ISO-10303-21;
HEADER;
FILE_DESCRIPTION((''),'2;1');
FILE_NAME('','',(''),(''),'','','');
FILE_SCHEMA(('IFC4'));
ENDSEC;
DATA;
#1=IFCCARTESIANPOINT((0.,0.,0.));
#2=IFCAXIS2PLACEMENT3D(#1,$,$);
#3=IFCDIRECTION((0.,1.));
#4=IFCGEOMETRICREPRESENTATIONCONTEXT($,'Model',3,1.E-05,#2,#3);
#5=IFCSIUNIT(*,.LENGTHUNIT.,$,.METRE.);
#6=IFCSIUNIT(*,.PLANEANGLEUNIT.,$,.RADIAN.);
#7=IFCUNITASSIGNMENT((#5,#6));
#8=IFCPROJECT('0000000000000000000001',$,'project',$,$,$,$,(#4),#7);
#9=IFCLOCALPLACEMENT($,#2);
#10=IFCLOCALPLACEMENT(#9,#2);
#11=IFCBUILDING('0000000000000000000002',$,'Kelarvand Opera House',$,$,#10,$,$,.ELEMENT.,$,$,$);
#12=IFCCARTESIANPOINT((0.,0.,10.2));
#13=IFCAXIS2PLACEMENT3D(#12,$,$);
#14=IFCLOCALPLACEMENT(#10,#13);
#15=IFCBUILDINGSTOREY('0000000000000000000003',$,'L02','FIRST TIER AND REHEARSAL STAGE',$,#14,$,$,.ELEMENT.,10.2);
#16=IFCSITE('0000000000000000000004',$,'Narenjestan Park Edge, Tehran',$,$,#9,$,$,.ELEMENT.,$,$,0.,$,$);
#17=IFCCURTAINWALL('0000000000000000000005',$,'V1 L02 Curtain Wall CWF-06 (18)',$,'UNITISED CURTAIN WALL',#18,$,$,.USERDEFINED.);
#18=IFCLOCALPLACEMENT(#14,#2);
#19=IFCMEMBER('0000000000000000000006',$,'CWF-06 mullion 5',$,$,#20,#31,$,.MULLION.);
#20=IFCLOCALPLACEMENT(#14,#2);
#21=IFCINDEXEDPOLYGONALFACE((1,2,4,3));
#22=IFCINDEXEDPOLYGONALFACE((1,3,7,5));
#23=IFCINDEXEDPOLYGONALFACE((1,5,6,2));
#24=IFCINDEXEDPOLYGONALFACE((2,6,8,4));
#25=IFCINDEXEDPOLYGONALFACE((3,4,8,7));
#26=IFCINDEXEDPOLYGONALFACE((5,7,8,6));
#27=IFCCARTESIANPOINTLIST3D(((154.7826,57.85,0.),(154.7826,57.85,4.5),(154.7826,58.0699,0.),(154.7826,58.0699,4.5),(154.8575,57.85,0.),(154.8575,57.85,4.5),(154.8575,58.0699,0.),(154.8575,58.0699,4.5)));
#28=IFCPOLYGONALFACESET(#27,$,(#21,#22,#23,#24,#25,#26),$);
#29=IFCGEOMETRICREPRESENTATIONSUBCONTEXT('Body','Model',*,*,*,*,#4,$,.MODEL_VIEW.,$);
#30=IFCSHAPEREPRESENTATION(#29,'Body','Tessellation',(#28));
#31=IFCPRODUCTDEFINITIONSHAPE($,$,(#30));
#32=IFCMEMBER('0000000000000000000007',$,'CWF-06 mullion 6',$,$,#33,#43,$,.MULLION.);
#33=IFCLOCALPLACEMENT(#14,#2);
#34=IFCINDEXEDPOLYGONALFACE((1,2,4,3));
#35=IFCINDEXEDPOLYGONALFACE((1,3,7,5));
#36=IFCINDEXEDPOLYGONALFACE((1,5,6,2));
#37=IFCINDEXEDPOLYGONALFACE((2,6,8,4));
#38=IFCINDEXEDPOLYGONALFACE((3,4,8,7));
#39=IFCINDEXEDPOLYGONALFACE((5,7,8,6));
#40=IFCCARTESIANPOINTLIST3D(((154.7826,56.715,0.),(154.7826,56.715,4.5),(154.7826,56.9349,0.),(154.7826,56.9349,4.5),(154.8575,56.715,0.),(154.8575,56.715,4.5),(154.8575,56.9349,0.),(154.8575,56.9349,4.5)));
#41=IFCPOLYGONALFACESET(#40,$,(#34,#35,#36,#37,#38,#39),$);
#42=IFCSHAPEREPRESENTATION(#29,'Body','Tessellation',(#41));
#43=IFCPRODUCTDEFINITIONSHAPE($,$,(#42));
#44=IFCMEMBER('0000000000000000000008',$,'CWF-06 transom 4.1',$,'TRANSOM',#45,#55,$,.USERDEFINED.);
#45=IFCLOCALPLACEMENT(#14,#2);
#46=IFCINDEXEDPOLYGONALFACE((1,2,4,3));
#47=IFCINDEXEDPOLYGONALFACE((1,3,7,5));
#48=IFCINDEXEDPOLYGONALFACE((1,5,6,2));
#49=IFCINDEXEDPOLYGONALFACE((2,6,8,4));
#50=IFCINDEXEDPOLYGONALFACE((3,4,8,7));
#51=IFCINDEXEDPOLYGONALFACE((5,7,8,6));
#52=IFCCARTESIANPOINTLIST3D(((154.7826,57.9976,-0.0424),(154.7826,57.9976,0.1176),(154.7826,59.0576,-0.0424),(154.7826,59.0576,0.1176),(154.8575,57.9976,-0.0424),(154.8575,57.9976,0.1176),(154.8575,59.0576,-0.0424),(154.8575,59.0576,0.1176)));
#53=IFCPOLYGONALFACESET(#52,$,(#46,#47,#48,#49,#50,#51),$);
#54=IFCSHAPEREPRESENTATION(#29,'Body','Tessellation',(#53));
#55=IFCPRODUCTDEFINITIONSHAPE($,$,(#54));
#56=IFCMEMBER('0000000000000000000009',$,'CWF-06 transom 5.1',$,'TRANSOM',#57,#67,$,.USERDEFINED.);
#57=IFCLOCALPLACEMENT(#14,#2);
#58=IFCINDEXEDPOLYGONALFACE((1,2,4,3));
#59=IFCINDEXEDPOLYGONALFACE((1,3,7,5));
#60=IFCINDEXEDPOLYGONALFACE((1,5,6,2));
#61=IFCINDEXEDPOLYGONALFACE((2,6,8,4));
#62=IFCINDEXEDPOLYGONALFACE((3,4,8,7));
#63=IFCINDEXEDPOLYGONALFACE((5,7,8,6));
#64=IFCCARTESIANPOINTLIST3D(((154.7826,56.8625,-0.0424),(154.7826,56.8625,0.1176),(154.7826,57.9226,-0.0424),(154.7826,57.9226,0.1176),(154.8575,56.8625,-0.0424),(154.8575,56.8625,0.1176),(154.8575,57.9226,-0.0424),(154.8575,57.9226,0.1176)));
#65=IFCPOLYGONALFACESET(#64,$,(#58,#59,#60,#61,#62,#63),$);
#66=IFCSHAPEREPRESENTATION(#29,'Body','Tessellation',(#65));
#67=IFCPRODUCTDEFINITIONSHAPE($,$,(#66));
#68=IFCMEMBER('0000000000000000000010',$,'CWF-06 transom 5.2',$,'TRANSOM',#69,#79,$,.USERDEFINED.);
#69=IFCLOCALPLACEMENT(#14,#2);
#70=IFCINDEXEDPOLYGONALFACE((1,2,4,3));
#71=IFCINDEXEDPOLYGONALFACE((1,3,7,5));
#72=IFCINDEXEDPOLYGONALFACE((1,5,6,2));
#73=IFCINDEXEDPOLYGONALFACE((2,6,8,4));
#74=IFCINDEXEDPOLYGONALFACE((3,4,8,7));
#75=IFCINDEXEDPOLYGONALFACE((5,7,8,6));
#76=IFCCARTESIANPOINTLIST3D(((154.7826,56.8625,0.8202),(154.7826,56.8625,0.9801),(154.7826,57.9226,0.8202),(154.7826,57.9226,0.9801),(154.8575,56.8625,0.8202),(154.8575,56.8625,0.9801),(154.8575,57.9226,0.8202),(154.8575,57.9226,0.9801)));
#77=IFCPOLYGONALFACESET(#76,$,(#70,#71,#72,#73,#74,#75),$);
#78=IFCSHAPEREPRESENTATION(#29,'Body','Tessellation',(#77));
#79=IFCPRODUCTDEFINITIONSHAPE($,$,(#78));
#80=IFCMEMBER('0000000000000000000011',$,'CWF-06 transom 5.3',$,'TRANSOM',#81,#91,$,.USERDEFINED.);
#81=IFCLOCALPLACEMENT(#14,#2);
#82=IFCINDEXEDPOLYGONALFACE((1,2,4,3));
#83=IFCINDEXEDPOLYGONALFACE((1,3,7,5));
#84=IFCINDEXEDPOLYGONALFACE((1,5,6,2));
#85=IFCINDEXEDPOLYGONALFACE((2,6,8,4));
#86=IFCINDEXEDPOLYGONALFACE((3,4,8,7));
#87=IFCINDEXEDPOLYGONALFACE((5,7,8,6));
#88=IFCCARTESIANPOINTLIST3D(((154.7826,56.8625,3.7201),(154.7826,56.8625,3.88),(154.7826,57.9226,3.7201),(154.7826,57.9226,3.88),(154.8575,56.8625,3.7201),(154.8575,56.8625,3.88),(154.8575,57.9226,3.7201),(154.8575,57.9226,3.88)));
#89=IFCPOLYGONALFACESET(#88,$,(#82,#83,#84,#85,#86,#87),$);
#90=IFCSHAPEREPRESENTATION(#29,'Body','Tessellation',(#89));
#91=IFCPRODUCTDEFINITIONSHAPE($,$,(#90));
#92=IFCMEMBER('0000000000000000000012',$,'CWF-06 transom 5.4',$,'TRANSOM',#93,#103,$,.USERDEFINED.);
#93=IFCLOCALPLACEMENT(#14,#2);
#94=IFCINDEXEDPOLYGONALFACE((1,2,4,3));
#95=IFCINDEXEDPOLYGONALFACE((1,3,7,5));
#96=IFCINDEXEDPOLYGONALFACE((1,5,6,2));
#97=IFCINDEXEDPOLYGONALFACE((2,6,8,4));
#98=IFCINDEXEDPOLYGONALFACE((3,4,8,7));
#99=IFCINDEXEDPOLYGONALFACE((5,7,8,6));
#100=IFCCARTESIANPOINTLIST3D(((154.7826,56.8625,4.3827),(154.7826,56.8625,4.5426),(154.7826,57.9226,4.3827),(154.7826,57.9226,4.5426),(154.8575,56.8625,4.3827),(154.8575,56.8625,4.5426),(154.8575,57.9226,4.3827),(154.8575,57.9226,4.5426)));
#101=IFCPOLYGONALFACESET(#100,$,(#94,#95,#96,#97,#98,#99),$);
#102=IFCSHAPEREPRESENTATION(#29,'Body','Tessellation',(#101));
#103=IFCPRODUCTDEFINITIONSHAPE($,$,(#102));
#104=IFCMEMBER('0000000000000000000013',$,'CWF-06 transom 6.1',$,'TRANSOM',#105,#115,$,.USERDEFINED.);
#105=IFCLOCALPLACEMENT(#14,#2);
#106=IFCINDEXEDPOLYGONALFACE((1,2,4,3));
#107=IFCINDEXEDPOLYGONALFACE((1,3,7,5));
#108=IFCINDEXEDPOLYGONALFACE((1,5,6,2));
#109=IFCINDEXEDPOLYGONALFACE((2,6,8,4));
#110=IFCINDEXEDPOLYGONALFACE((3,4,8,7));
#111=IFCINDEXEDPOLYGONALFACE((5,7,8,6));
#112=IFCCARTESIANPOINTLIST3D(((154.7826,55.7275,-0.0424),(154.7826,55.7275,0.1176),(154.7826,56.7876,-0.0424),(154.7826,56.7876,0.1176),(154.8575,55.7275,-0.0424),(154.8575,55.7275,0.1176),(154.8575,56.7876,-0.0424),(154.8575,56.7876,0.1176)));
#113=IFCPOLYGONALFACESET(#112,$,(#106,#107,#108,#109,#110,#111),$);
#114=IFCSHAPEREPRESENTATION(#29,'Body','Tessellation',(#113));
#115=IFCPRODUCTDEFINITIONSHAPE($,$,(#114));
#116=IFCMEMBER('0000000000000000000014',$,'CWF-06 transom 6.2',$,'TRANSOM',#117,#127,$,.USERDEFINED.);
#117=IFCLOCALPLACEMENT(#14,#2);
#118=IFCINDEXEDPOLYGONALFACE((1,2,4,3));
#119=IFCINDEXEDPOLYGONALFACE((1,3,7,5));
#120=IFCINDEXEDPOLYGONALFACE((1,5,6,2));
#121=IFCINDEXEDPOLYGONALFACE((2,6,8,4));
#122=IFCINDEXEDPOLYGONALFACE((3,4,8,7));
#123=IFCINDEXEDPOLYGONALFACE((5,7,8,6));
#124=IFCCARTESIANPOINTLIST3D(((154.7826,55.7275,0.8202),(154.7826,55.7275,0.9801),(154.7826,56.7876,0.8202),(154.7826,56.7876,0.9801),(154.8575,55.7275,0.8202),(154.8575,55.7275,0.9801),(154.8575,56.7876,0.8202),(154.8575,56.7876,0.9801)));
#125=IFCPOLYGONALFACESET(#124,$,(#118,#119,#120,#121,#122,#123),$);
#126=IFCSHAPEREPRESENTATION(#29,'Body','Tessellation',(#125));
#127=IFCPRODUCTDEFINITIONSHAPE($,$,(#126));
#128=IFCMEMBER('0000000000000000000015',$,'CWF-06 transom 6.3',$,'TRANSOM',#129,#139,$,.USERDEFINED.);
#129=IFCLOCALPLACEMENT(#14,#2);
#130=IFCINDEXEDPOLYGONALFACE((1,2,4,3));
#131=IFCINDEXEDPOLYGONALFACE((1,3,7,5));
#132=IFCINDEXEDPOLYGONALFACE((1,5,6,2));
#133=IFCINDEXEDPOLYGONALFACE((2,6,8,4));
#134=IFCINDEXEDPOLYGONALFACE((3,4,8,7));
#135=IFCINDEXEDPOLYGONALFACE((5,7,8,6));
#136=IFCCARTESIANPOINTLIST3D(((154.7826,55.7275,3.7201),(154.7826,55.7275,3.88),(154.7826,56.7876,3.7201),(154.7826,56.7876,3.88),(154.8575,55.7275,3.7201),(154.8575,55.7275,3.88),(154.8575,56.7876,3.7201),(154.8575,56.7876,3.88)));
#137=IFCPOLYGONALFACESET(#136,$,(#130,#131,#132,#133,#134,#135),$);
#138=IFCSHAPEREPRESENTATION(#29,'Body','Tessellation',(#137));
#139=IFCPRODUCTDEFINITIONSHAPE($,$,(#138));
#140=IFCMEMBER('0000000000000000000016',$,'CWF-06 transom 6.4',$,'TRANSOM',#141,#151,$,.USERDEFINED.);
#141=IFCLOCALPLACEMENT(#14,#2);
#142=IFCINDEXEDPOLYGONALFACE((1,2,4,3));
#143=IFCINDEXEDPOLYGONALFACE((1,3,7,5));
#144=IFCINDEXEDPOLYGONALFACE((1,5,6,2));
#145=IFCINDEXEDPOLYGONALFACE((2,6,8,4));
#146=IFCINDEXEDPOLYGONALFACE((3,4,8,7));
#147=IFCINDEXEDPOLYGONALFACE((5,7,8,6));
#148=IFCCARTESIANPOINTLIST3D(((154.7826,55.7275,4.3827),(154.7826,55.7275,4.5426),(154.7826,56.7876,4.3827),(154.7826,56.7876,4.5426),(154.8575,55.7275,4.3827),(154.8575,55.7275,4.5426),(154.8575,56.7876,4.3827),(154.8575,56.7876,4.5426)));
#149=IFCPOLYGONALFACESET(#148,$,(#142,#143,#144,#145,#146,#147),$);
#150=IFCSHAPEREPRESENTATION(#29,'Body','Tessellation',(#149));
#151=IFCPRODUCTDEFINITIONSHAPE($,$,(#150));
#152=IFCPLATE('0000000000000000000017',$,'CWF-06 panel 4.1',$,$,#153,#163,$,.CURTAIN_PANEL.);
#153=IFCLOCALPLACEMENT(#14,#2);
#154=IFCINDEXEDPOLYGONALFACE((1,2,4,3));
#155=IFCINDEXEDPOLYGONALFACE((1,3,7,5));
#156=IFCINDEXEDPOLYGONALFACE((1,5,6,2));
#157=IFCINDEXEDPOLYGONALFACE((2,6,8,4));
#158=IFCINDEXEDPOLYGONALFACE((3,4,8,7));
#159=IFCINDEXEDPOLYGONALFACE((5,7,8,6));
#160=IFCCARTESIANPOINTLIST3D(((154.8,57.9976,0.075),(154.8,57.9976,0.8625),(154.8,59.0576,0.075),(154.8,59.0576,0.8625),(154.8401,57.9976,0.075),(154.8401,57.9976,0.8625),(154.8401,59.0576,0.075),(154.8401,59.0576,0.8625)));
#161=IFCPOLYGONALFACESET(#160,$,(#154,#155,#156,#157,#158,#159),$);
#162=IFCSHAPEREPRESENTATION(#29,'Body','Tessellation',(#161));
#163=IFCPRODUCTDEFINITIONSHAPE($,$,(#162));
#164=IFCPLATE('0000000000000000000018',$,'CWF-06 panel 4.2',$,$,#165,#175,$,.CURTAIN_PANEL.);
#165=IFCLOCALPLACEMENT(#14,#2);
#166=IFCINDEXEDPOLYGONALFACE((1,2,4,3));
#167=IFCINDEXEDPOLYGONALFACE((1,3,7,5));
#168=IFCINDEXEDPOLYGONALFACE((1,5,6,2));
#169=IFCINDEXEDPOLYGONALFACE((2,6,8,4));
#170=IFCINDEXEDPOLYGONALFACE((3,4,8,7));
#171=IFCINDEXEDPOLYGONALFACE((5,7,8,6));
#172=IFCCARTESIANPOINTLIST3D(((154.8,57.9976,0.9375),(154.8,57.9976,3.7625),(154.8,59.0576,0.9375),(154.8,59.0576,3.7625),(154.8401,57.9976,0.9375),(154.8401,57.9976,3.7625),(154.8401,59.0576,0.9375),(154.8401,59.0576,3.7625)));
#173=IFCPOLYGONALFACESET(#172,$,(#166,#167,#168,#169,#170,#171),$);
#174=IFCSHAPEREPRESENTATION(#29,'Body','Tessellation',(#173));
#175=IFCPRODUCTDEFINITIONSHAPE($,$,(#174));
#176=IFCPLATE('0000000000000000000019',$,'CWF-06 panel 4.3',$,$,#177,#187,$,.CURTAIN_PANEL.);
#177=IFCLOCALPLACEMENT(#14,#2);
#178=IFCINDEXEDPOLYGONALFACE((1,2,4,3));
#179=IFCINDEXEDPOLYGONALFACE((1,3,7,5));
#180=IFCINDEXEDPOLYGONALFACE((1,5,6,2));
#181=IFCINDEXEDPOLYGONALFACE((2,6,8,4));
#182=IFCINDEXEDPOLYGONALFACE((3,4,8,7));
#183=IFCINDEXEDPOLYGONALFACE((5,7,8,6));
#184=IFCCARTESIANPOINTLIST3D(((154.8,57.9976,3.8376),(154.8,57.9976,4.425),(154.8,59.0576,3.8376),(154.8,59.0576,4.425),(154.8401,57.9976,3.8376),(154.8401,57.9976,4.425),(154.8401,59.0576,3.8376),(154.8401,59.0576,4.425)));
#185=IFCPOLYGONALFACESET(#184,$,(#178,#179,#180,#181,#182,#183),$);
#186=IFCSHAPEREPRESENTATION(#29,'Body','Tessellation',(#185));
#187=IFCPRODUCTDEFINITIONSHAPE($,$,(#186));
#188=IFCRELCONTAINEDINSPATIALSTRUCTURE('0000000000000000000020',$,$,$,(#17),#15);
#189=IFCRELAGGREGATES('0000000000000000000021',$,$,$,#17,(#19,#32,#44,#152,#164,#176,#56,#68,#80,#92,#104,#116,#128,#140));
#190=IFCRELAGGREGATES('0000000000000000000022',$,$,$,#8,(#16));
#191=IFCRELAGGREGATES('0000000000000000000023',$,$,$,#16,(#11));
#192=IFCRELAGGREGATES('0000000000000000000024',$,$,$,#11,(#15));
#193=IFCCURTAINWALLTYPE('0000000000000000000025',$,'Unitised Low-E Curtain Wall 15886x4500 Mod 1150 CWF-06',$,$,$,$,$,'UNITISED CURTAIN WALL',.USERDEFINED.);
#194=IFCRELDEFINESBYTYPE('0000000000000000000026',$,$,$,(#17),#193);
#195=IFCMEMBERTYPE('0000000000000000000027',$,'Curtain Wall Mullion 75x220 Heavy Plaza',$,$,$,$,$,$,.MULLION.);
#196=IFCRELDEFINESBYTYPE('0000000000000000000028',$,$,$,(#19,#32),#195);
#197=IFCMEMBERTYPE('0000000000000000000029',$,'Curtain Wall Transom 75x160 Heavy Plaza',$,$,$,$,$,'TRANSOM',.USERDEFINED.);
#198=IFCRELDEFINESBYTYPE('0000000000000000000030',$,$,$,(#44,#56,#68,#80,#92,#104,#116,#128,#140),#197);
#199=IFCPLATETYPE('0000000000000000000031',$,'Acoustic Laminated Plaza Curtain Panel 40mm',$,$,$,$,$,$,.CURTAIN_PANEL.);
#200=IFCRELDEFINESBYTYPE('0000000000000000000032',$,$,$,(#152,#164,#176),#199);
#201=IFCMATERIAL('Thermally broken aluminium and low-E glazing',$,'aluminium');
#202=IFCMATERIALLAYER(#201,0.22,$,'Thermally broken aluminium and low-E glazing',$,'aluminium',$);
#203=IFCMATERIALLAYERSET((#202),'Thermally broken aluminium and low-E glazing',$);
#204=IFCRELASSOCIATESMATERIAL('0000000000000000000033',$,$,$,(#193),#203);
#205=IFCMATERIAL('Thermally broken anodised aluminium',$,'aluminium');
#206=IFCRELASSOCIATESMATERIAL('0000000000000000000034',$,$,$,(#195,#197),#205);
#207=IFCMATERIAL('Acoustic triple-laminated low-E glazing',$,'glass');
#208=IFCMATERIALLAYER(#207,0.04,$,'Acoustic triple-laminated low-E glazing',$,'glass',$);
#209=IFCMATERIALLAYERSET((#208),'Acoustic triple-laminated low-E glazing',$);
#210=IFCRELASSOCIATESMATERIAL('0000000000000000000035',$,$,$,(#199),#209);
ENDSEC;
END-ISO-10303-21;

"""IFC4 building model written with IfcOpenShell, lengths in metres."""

from ifc_helpers import new_model, si_unit, direction, frame, origin, origin_2d, place, context, subcontext, project, spatial, rectangle, extrude, material, layer, layer_set, material_profile, profile_set, type_object, element, aggregate, save


model = new_model("IFC4")

# Units and contexts
model_context = context("Model", 3, precision=1e-05, world=origin(), true_north=direction((0.0, 1.0)))
body_context = subcontext(model_context, "Body", "Model", "MODEL_VIEW")
ifc_project = project(units=[si_unit("LENGTHUNIT", "METRE"), si_unit("PLANEANGLEUNIT", "RADIAN")], contexts=[model_context])

# Site, building, storey
site_placement = place(None, origin())
site = spatial("IfcSite", under=ifc_project, at=site_placement, Name="Narenjestan Park Edge, Tehran", CompositionType="ELEMENT", RefElevation=0.0)
building_placement = place(site_placement, origin())
building = spatial("IfcBuilding", under=site, at=building_placement, Name="Kelarvand Opera House", CompositionType="ELEMENT")
storey_placement = place(building_placement, frame((0.0, 0.0, 10.2)))
storey = spatial("IfcBuildingStorey", under=building, at=storey_placement, Name="L02", Description="FIRST TIER AND REHEARSAL STAGE", CompositionType="ELEMENT", Elevation=10.2)

# Curtain wall, members, plates
ifc_material_1 = material(Name="Thermally broken aluminium and low-E glazing", Category="aluminium")
ifc_layer_1 = layer(ifc_material_1, 0.22, Name="Thermally broken aluminium and low-E glazing", Category="aluminium")
ifc_layer_set_1 = layer_set([ifc_layer_1], Name="Thermally broken aluminium and low-E glazing")
curtain_wall_type = type_object("IfcCurtainWallType", Name="Unitised Low-E Curtain Wall 15886x4500 Mod 1150 CWF-06", ElementType="UNITISED CURTAIN WALL", PredefinedType="USERDEFINED", material=ifc_layer_set_1)
curtain_wall_placement = place(storey_placement, origin())
curtain_wall = element("IfcCurtainWall", 1, at=curtain_wall_placement, inside=storey, type_object=curtain_wall_type, Name="V1 L02 Curtain Wall CWF-06 (18)", ObjectType="UNITISED CURTAIN WALL", PredefinedType="USERDEFINED")
ifc_material_2 = material(Name="Thermally broken anodised aluminium", Category="aluminium")
ifc_material_profile_1 = material_profile(ifc_material_2, rectangle(XDim=0.075, YDim=0.22, at=origin_2d()), Name="ALU MULLION 75x220", Category="aluminium")
ifc_profile_set_1 = profile_set([ifc_material_profile_1], Name="Thermally broken anodised aluminium")
member_type_1 = type_object("IfcMemberType", Name="Curtain Wall Mullion 75x220 Heavy Plaza", PredefinedType="MULLION", material=ifc_profile_set_1)
member_1_placement = place(storey_placement, frame((154.8201, 57.96, 0.0), z_axis=(0.0, 0.0, 1.0), x_axis=(1.0, 0.0, 0.0)))
member_1 = element("IfcMember", 2, at=member_1_placement, type_object=member_type_1, Name="CWF-06 mullion 5", PredefinedType="MULLION", context=body_context, shape_type="SweptSolid", body=[
    extrude(rectangle(XDim=0.075, YDim=0.22, at=origin_2d()), origin(), (0.0, 0.0, 1.0), 4.5),
])
member_2_placement = place(storey_placement, frame((154.8201, 56.825, 0.0), z_axis=(0.0, 0.0, 1.0), x_axis=(1.0, 0.0, 0.0)))
member_2 = element("IfcMember", 3, at=member_2_placement, type_object=member_type_1, Name="CWF-06 mullion 6", PredefinedType="MULLION", context=body_context, shape_type="SweptSolid", body=[
    extrude(rectangle(XDim=0.075, YDim=0.22, at=origin_2d()), origin(), (0.0, 0.0, 1.0), 4.5),
])
ifc_material_profile_2 = material_profile(ifc_material_2, rectangle(XDim=0.075, YDim=0.1599, at=origin_2d()), Name="ALU TRANSOM 75x160", Category="aluminium")
ifc_profile_set_2 = profile_set([ifc_material_profile_2], Name="Thermally broken anodised aluminium")
member_type_2 = type_object("IfcMemberType", Name="Curtain Wall Transom 75x160 Heavy Plaza", ElementType="TRANSOM", PredefinedType="USERDEFINED", material=ifc_profile_set_2)
member_3_placement = place(storey_placement, frame((154.8201, 59.0576, 0.0376), z_axis=(0.0, -1.0, 0.0), x_axis=(1.0, 0.0, 0.0)))
member_3 = element("IfcMember", 4, at=member_3_placement, type_object=member_type_2, Name="CWF-06 transom 4.1", ObjectType="TRANSOM", PredefinedType="USERDEFINED", context=body_context, shape_type="SweptSolid", body=[
    extrude(rectangle(XDim=0.075, YDim=0.1599, at=origin_2d()), origin(), (0.0, 0.0, 1.0), 1.0601),
])
member_4_placement = place(storey_placement, frame((154.8201, 57.9226, 0.0376), z_axis=(0.0, -1.0, 0.0), x_axis=(1.0, 0.0, 0.0)))
member_4 = element("IfcMember", 5, at=member_4_placement, type_object=member_type_2, Name="CWF-06 transom 5.1", ObjectType="TRANSOM", PredefinedType="USERDEFINED", context=body_context, shape_type="SweptSolid", body=[
    extrude(rectangle(XDim=0.075, YDim=0.1599, at=origin_2d()), origin(), (0.0, 0.0, 1.0), 1.0601),
])
member_5_placement = place(storey_placement, frame((154.8201, 57.9226, 0.9001), z_axis=(0.0, -1.0, 0.0), x_axis=(1.0, 0.0, 0.0)))
member_5 = element("IfcMember", 6, at=member_5_placement, type_object=member_type_2, Name="CWF-06 transom 5.2", ObjectType="TRANSOM", PredefinedType="USERDEFINED", context=body_context, shape_type="SweptSolid", body=[
    extrude(rectangle(XDim=0.075, YDim=0.1599, at=origin_2d()), origin(), (0.0, 0.0, 1.0), 1.0601),
])
member_6_placement = place(storey_placement, frame((154.8201, 57.9226, 3.8), z_axis=(0.0, -1.0, 0.0), x_axis=(1.0, 0.0, 0.0)))
member_6 = element("IfcMember", 7, at=member_6_placement, type_object=member_type_2, Name="CWF-06 transom 5.3", ObjectType="TRANSOM", PredefinedType="USERDEFINED", context=body_context, shape_type="SweptSolid", body=[
    extrude(rectangle(XDim=0.075, YDim=0.1599, at=origin_2d()), origin(), (0.0, 0.0, 1.0), 1.0601),
])
member_7_placement = place(storey_placement, frame((154.8201, 57.9226, 4.4626), z_axis=(0.0, -1.0, 0.0), x_axis=(1.0, 0.0, 0.0)))
member_7 = element("IfcMember", 8, at=member_7_placement, type_object=member_type_2, Name="CWF-06 transom 5.4", ObjectType="TRANSOM", PredefinedType="USERDEFINED", context=body_context, shape_type="SweptSolid", body=[
    extrude(rectangle(XDim=0.075, YDim=0.1599, at=origin_2d()), origin(), (0.0, 0.0, 1.0), 1.0601),
])
member_8_placement = place(storey_placement, frame((154.8201, 56.7876, 0.0376), z_axis=(0.0, -1.0, 0.0), x_axis=(1.0, 0.0, 0.0)))
member_8 = element("IfcMember", 9, at=member_8_placement, type_object=member_type_2, Name="CWF-06 transom 6.1", ObjectType="TRANSOM", PredefinedType="USERDEFINED", context=body_context, shape_type="SweptSolid", body=[
    extrude(rectangle(XDim=0.075, YDim=0.1599, at=origin_2d()), origin(), (0.0, 0.0, 1.0), 1.0601),
])
member_9_placement = place(storey_placement, frame((154.8201, 56.7876, 0.9001), z_axis=(0.0, -1.0, 0.0), x_axis=(1.0, 0.0, 0.0)))
member_9 = element("IfcMember", 10, at=member_9_placement, type_object=member_type_2, Name="CWF-06 transom 6.2", ObjectType="TRANSOM", PredefinedType="USERDEFINED", context=body_context, shape_type="SweptSolid", body=[
    extrude(rectangle(XDim=0.075, YDim=0.1599, at=origin_2d()), origin(), (0.0, 0.0, 1.0), 1.0601),
])
member_10_placement = place(storey_placement, frame((154.8201, 56.7876, 3.8), z_axis=(0.0, -1.0, 0.0), x_axis=(1.0, 0.0, 0.0)))
member_10 = element("IfcMember", 11, at=member_10_placement, type_object=member_type_2, Name="CWF-06 transom 6.3", ObjectType="TRANSOM", PredefinedType="USERDEFINED", context=body_context, shape_type="SweptSolid", body=[
    extrude(rectangle(XDim=0.075, YDim=0.1599, at=origin_2d()), origin(), (0.0, 0.0, 1.0), 1.0601),
])
member_11_placement = place(storey_placement, frame((154.8201, 56.7876, 4.4626), z_axis=(0.0, -1.0, 0.0), x_axis=(1.0, 0.0, 0.0)))
member_11 = element("IfcMember", 12, at=member_11_placement, type_object=member_type_2, Name="CWF-06 transom 6.4", ObjectType="TRANSOM", PredefinedType="USERDEFINED", context=body_context, shape_type="SweptSolid", body=[
    extrude(rectangle(XDim=0.075, YDim=0.1599, at=origin_2d()), origin(), (0.0, 0.0, 1.0), 1.0601),
])
ifc_material_3 = material(Name="Acoustic triple-laminated low-E glazing", Category="glass")
ifc_layer_2 = layer(ifc_material_3, 0.04, Name="Acoustic triple-laminated low-E glazing", Category="glass")
ifc_layer_set_2 = layer_set([ifc_layer_2], Name="Acoustic triple-laminated low-E glazing")
plate_type = type_object("IfcPlateType", Name="Acoustic Laminated Plaza Curtain Panel 40mm", PredefinedType="CURTAIN_PANEL", material=ifc_layer_set_2)
plate_1_placement = place(storey_placement, frame((154.8201, 58.5276, 0.075), z_axis=(0.0, 0.0, 1.0), x_axis=(0.0, -1.0, 0.0)))
plate_1 = element("IfcPlate", 13, at=plate_1_placement, type_object=plate_type, Name="CWF-06 panel 4.1", PredefinedType="CURTAIN_PANEL", context=body_context, shape_type="SweptSolid", body=[
    extrude(rectangle(XDim=1.0601, YDim=0.04, at=origin_2d()), origin(), (0.0, 0.0, 1.0), 0.7876),
])
plate_2_placement = place(storey_placement, frame((154.8201, 58.5276, 0.9375), z_axis=(0.0, 0.0, 1.0), x_axis=(0.0, -1.0, 0.0)))
plate_2 = element("IfcPlate", 14, at=plate_2_placement, type_object=plate_type, Name="CWF-06 panel 4.2", PredefinedType="CURTAIN_PANEL", context=body_context, shape_type="SweptSolid", body=[
    extrude(rectangle(XDim=1.0601, YDim=0.04, at=origin_2d()), origin(), (0.0, 0.0, 1.0), 2.825),
])
plate_3_placement = place(storey_placement, frame((154.8201, 58.5276, 3.8376), z_axis=(0.0, 0.0, 1.0), x_axis=(0.0, -1.0, 0.0)))
plate_3 = element("IfcPlate", 15, at=plate_3_placement, type_object=plate_type, Name="CWF-06 panel 4.3", PredefinedType="CURTAIN_PANEL", context=body_context, shape_type="SweptSolid", body=[
    extrude(rectangle(XDim=1.0601, YDim=0.04, at=origin_2d()), origin(), (0.0, 0.0, 1.0), 0.5874),
])
aggregate(curtain_wall, [member_1, member_2, member_3, plate_1, plate_2, plate_3, member_4, member_5, member_6, member_7, member_8, member_9, member_10, member_11])

save(model, "model.ifc")
